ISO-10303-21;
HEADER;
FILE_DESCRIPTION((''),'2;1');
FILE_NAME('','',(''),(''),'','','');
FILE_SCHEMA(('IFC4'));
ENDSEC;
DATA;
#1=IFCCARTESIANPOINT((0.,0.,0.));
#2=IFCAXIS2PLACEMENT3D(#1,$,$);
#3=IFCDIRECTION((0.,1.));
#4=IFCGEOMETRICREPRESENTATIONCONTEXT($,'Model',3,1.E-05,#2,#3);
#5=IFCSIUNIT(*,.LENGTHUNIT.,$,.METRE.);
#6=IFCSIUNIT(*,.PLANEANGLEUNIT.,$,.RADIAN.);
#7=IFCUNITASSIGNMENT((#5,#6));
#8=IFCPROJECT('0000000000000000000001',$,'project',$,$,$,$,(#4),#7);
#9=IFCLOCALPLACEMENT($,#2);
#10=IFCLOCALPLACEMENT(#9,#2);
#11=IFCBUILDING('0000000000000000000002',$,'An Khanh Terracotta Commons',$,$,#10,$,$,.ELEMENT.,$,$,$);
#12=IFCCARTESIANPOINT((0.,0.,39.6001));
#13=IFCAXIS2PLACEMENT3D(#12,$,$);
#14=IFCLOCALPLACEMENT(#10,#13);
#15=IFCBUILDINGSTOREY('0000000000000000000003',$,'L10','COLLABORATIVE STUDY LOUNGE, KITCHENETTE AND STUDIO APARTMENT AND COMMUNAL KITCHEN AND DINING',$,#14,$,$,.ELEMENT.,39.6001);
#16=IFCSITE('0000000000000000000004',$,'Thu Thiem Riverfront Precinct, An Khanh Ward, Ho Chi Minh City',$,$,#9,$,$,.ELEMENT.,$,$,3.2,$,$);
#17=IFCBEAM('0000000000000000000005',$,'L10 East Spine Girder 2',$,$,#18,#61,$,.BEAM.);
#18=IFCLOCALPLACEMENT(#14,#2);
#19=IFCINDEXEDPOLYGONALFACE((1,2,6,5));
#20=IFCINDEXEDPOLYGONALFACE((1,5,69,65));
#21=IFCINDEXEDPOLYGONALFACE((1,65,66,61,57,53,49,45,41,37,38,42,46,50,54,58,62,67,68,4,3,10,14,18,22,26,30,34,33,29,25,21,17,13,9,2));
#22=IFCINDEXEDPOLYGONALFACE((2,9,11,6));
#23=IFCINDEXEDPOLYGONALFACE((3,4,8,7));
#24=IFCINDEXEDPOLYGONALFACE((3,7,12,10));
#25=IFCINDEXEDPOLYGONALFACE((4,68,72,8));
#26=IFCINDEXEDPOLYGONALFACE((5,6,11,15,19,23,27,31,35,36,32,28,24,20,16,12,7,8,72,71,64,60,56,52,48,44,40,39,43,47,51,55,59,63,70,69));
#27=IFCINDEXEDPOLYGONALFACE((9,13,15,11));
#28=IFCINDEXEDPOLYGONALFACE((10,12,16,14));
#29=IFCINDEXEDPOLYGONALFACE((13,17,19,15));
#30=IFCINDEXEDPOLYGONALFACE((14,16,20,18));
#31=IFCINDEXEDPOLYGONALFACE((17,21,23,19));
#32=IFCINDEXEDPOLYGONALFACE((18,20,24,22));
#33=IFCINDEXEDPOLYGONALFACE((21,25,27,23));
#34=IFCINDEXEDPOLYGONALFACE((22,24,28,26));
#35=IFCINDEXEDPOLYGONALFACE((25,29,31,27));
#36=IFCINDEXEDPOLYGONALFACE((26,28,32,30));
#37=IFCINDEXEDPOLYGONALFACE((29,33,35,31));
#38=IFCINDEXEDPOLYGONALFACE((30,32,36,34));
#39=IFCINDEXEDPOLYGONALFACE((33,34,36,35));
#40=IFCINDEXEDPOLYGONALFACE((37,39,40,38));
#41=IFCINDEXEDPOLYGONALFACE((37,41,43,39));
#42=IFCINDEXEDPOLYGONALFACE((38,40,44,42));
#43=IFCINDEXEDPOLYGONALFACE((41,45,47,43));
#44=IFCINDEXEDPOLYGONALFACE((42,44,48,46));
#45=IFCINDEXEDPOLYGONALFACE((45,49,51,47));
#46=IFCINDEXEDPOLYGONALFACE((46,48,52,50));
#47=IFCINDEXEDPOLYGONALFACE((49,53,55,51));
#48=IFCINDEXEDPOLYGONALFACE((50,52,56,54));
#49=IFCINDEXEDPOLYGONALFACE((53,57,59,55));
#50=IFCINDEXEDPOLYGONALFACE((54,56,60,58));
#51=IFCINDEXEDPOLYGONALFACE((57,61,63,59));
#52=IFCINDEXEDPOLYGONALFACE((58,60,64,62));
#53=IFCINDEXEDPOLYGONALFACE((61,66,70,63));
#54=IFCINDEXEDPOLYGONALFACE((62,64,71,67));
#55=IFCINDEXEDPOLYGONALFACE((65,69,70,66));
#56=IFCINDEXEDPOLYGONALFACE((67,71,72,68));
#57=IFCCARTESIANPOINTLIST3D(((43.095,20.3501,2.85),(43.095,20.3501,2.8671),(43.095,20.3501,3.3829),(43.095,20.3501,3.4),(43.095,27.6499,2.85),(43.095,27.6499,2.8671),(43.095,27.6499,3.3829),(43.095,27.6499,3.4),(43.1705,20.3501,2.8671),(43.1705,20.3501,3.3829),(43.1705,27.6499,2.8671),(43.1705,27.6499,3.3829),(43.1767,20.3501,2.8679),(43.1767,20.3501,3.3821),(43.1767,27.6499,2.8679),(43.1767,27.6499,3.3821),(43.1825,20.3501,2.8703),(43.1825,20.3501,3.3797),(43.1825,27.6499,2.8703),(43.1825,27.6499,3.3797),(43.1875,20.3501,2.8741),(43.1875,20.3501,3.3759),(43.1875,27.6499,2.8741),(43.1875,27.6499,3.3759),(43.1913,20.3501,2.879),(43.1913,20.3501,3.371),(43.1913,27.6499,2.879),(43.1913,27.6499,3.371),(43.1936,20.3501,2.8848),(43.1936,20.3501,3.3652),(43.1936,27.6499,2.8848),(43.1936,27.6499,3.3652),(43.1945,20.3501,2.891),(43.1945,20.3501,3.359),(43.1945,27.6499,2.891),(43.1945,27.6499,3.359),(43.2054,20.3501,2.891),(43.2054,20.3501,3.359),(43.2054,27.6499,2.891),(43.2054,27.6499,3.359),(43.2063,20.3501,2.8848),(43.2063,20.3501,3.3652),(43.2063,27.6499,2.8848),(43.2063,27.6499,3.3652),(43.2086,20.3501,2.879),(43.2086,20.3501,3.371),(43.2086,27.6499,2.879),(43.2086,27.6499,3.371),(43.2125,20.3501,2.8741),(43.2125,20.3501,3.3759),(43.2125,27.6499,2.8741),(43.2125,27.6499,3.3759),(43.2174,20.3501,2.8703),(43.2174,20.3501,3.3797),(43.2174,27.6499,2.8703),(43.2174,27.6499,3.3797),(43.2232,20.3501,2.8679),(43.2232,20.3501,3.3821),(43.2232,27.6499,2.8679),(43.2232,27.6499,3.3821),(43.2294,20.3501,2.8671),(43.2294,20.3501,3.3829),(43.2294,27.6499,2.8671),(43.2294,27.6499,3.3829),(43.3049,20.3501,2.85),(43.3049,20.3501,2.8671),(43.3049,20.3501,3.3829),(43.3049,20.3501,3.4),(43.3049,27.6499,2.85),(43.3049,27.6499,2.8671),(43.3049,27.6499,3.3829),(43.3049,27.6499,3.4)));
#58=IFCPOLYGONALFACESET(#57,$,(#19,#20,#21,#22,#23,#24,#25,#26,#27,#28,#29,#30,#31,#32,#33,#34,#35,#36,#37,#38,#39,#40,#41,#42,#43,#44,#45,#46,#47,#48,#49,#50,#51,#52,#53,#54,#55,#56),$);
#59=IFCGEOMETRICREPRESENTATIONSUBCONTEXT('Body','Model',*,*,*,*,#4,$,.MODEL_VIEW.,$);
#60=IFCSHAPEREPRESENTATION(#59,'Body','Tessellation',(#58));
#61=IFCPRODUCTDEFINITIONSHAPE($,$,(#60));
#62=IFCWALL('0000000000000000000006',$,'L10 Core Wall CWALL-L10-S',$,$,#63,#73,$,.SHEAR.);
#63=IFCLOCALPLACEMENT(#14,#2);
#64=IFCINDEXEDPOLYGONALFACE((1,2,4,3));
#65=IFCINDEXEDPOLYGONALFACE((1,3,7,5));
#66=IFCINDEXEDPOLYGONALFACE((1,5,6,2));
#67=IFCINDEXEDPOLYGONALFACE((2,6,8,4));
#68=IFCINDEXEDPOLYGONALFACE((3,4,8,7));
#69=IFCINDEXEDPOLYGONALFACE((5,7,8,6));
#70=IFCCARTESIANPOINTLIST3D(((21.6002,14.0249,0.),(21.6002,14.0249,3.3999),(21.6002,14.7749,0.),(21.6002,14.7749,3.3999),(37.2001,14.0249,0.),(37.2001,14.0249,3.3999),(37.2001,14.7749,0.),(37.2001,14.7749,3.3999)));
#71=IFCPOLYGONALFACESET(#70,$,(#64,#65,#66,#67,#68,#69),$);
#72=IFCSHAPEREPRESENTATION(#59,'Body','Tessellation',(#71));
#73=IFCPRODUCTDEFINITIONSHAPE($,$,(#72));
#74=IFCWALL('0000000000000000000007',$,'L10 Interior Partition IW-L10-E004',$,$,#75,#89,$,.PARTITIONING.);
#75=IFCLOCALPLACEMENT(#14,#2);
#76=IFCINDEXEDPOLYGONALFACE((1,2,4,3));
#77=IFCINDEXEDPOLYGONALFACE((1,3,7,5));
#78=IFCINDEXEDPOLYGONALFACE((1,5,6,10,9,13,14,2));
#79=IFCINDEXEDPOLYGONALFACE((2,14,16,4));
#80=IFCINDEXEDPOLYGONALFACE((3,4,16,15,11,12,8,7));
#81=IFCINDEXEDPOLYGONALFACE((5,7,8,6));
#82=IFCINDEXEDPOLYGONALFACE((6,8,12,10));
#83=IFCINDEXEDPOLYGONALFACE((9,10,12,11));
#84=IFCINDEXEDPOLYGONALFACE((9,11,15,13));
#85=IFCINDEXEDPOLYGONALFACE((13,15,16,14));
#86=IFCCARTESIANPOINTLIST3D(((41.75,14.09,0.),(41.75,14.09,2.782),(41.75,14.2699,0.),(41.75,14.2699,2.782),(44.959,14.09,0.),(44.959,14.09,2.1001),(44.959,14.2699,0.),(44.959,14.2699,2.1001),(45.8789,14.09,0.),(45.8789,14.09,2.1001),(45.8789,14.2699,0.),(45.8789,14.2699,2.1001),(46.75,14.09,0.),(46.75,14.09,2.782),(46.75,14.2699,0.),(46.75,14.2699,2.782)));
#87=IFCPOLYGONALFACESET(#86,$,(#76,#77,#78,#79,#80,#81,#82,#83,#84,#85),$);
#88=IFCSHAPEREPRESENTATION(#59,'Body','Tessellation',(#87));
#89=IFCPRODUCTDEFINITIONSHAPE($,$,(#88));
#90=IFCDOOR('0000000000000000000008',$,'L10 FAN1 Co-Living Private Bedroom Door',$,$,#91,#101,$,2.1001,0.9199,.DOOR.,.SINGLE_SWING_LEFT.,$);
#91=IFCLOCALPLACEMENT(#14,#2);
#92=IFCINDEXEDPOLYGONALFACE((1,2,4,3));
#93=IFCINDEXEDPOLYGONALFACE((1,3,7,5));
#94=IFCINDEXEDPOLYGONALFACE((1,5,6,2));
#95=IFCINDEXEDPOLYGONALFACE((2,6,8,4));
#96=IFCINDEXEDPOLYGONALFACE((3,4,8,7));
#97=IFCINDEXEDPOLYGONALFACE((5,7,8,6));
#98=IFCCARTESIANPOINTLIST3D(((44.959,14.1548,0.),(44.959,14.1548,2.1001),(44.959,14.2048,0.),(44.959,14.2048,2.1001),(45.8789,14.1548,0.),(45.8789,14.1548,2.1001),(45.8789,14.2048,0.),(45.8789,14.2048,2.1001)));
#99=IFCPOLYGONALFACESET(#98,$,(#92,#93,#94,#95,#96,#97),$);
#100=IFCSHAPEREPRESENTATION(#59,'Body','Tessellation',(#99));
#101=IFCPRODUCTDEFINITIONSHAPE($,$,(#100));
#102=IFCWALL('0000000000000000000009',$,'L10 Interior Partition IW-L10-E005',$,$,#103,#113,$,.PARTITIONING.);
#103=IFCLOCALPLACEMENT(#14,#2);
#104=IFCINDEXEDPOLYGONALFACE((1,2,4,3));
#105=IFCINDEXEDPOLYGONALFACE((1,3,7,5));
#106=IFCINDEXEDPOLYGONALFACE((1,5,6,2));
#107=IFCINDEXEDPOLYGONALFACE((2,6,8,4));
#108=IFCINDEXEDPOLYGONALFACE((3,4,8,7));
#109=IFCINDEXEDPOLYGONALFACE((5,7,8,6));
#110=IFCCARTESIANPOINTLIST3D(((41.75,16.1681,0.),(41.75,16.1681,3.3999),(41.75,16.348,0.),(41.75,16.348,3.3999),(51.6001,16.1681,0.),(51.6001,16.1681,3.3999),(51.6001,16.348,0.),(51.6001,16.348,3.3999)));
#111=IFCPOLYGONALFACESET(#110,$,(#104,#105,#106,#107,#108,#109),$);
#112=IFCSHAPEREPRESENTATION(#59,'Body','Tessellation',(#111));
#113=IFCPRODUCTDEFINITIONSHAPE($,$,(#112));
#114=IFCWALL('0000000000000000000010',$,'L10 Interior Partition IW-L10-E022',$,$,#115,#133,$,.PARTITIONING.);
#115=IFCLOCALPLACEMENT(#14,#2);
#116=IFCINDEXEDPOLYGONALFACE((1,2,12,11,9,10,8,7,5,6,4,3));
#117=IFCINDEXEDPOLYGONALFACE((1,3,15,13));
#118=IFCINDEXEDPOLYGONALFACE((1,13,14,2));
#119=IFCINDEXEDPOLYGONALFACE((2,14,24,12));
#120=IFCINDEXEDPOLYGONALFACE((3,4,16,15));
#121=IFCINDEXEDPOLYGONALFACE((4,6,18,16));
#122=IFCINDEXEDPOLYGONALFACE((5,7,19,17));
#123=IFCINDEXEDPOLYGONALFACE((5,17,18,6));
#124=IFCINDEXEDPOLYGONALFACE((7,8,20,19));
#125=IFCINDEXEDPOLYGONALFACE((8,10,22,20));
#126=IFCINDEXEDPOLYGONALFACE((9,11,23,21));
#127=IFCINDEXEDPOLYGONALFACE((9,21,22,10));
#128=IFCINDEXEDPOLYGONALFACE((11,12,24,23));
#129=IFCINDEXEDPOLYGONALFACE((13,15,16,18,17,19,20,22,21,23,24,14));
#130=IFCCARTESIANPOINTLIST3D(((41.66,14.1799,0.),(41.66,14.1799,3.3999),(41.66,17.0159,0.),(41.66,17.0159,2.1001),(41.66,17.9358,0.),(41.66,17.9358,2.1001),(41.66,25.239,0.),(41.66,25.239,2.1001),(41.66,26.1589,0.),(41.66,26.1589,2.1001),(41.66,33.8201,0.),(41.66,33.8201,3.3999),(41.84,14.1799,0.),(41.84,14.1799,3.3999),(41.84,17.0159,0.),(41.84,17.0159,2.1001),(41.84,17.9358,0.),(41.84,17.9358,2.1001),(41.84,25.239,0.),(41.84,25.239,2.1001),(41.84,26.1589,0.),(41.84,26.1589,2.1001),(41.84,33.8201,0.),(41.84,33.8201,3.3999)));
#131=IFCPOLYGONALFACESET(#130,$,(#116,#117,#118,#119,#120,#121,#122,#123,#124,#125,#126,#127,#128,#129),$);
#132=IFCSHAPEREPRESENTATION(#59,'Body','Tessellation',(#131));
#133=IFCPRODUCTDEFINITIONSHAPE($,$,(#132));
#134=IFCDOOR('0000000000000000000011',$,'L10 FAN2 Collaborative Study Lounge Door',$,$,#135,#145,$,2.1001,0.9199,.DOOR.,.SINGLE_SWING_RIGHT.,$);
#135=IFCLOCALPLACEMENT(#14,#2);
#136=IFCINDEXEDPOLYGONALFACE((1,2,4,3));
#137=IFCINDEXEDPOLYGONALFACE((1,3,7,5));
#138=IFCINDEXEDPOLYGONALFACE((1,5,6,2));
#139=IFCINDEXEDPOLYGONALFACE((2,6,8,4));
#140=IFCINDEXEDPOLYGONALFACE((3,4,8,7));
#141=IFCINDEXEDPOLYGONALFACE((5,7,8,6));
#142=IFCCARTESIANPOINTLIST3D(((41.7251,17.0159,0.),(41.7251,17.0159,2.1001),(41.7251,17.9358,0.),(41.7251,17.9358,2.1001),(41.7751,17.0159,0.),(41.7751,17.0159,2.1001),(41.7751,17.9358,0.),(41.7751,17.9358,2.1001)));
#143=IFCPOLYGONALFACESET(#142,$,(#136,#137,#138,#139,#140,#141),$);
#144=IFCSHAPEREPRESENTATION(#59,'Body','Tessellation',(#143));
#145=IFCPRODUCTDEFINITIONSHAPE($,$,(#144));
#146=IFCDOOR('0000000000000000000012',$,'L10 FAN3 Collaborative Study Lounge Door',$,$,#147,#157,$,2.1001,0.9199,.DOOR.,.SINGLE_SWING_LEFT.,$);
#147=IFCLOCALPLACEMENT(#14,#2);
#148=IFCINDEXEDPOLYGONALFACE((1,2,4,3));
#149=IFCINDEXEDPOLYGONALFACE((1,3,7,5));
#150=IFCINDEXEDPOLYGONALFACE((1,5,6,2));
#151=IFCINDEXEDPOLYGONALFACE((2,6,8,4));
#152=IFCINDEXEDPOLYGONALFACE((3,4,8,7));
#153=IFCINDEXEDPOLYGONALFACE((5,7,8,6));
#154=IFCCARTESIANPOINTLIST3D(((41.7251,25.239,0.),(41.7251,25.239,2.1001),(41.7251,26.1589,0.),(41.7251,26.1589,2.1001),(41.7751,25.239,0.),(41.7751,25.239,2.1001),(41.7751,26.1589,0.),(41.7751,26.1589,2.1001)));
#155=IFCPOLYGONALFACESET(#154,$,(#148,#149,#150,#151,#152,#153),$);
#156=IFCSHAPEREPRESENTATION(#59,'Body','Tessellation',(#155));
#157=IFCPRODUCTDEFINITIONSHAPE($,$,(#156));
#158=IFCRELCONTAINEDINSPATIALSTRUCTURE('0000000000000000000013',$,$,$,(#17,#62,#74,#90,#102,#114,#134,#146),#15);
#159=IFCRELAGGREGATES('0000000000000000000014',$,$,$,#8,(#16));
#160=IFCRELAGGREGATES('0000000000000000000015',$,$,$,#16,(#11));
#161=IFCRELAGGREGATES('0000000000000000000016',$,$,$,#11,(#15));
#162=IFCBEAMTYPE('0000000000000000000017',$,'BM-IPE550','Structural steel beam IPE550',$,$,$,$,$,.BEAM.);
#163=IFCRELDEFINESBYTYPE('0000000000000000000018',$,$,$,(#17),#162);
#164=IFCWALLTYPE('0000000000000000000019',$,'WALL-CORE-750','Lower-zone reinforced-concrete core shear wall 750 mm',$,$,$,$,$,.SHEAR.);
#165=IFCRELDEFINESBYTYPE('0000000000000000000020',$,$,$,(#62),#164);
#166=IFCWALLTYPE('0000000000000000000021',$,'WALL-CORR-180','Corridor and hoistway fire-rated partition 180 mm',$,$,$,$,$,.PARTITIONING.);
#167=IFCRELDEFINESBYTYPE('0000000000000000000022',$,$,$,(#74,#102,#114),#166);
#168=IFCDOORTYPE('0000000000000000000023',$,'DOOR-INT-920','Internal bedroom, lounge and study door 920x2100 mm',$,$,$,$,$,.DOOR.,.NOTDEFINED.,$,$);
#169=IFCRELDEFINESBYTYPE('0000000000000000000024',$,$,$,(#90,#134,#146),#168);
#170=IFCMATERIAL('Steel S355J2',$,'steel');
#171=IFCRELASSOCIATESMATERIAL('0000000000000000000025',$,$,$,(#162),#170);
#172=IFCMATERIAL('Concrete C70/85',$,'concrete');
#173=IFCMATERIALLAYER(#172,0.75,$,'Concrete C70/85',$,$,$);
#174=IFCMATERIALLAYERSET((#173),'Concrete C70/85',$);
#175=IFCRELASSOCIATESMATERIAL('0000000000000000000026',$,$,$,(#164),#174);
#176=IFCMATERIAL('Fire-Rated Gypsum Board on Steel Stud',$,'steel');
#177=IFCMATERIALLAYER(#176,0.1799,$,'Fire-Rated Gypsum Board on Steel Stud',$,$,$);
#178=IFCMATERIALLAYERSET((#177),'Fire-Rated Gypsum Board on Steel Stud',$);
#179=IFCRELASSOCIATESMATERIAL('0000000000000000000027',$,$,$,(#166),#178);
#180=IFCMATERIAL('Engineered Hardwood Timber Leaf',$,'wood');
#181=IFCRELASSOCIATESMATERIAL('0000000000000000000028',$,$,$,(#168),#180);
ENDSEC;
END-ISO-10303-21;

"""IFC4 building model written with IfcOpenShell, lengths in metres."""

from ifc_helpers import new_model, si_unit, direction, frame, frame_2d, origin, origin_2d, place, context, subcontext, project, spatial, rectangle, i_section, extrude, material, layer, layer_set, material_profile, profile_set, type_object, element, fill, save


model = new_model("IFC4")

# Units and contexts
model_context = context("Model", 3, precision=1e-05, world=origin(), true_north=direction((0.0, 1.0)))
body_context = subcontext(model_context, "Body", "Model", "MODEL_VIEW")
ifc_project = project(units=[si_unit("LENGTHUNIT", "METRE"), si_unit("PLANEANGLEUNIT", "RADIAN")], contexts=[model_context])

# Site, building, storey
site_placement = place(None, origin())
site = spatial("IfcSite", under=ifc_project, at=site_placement, Name="Thu Thiem Riverfront Precinct, An Khanh Ward, Ho Chi Minh City", CompositionType="ELEMENT", RefElevation=3.2)
building_placement = place(site_placement, origin())
building = spatial("IfcBuilding", under=site, at=building_placement, Name="An Khanh Terracotta Commons", CompositionType="ELEMENT")
storey_placement = place(building_placement, frame((0.0, 0.0, 39.6001)))
storey = spatial("IfcBuildingStorey", under=building, at=storey_placement, Name="L10", Description="COLLABORATIVE STUDY LOUNGE, KITCHENETTE AND STUDIO APARTMENT AND COMMUNAL KITCHEN AND DINING", CompositionType="ELEMENT", Elevation=39.6001)

# Shared definitions
ifc_material_1 = material(Name="Concrete C70/85", Category="concrete")

# Beam
ifc_material_2 = material(Name="Steel S355J2", Category="steel")
ifc_material_profile_1 = material_profile(ifc_material_2, i_section(OverallWidth=0.21, OverallDepth=0.55, WebThickness=0.011, FlangeThickness=0.0171, FilletRadius=0.0239, at=origin_2d()), Name="IPE550")
ifc_profile_set_1 = profile_set([ifc_material_profile_1], Name="Steel S355J2")
beam_type_1 = type_object("IfcBeamType", Name="BM-IPE550", Description="Structural steel beam IPE550", PredefinedType="BEAM", material=ifc_profile_set_1)
beam_1_placement = place(storey_placement, frame((43.2, 20.3501, 3.125), z_axis=(0.0, 1.0, 0.0), x_axis=(-1.0, 0.0, 0.0)))
element("IfcBeam", 1, at=beam_1_placement, inside=storey, type_object=beam_type_1, Name="L10 East Spine Girder 2", PredefinedType="BEAM", context=body_context, shape_type="SweptSolid", body=[
    extrude(i_section(OverallWidth=0.21, OverallDepth=0.55, WebThickness=0.011, FlangeThickness=0.0171, FilletRadius=0.0239, at=origin_2d()), origin(), (0.0, 0.0, 1.0), 7.2998),
])

# Wall
ifc_layer_1 = layer(ifc_material_1, 0.75, Name="Concrete C70/85")
ifc_layer_set_1 = layer_set([ifc_layer_1], Name="Concrete C70/85")
wall_type_1 = type_object("IfcWallType", Name="WALL-CORE-750", Description="Lower-zone reinforced-concrete core shear wall 750 mm", PredefinedType="SHEAR", material=ifc_layer_set_1)
wall_1_placement = place(storey_placement, frame((37.2, 14.3999, 0.0), z_axis=(0.0, 0.0, 1.0), x_axis=(-1.0, 0.0, 0.0)))
element("IfcWall", 2, at=wall_1_placement, inside=storey, type_object=wall_type_1, Name="L10 Core Wall CWALL-L10-S", PredefinedType="SHEAR", context=body_context, shape_type="SweptSolid", body=[
    extrude(rectangle(XDim=15.5999, YDim=0.75, at=frame_2d((7.7998, 0.0))), origin(), (0.0, 0.0, 1.0), 3.3999),
])

# Wall, opening, door
ifc_material_3 = material(Name="Fire-Rated Gypsum Board on Steel Stud", Category="steel")
ifc_layer_2 = layer(ifc_material_3, 0.1799, Name="Fire-Rated Gypsum Board on Steel Stud")
ifc_layer_set_2 = layer_set([ifc_layer_2], Name="Fire-Rated Gypsum Board on Steel Stud")
wall_type_2 = type_object("IfcWallType", Name="WALL-CORR-180", Description="Corridor and hoistway fire-rated partition 180 mm", PredefinedType="PARTITIONING", material=ifc_layer_set_2)
wall_2_placement = place(storey_placement, frame((41.75, 14.1799, 0.0), z_axis=(0.0, 0.0, 1.0), x_axis=(1.0, 0.0, 0.0)))
wall_2 = element("IfcWall", 3, at=wall_2_placement, inside=storey, type_object=wall_type_2, Name="L10 Interior Partition IW-L10-E004", PredefinedType="PARTITIONING", context=body_context, shape_type="SweptSolid", body=[
    extrude(rectangle(XDim=5.0, YDim=0.1799, at=frame_2d((2.5, 0.0))), origin(), (0.0, 0.0, 1.0), 2.782),
])
opening_1_placement = place(wall_2_placement, frame((3.209, 0.0, 0.0)))
opening_1 = element("IfcOpeningElement", 4, at=opening_1_placement, cuts=wall_2, PredefinedType="OPENING", context=body_context, shape_type="SweptSolid", body=[
    extrude(rectangle(XDim=0.9199, YDim=2.1001, at=frame_2d((0.46, 1.05))), frame((0.0, 0.0999, 0.0), z_axis=(0.0, -1.0, 0.0), x_axis=(1.0, 0.0, 0.0)), (0.0, 0.0, 1.0), 0.2),
])
ifc_material_4 = material(Name="Engineered Hardwood Timber Leaf", Category="wood")
door_type_1 = type_object("IfcDoorType", Name="DOOR-INT-920", Description="Internal bedroom, lounge and study door 920x2100 mm", OperationType="NOTDEFINED", PredefinedType="DOOR", material=ifc_material_4)
door_1_placement = place(opening_1_placement, origin())
door_1 = element("IfcDoor", 5, at=door_1_placement, inside=storey, type_object=door_type_1, Name="L10 FAN1 Co-Living Private Bedroom Door", OperationType="SINGLE_SWING_LEFT", OverallHeight=2.1001, OverallWidth=0.9199, PredefinedType="DOOR", context=body_context, shape_type="SweptSolid", body=[
    extrude(rectangle(XDim=0.9199, YDim=2.1001, at=frame_2d((0.46, 1.05))), frame((0.0, 0.0249, 0.0), z_axis=(0.0, -1.0, 0.0), x_axis=(1.0, 0.0, 0.0)), (0.0, 0.0, 1.0), 0.05),
])
fill(opening_1, door_1)

# Wall
wall_3_placement = place(storey_placement, frame((41.75, 16.2581, 0.0), z_axis=(0.0, 0.0, 1.0), x_axis=(1.0, 0.0, 0.0)))
element("IfcWall", 6, at=wall_3_placement, inside=storey, type_object=wall_type_2, Name="L10 Interior Partition IW-L10-E005", PredefinedType="PARTITIONING", context=body_context, shape_type="SweptSolid", body=[
    extrude(rectangle(XDim=9.8501, YDim=0.1799, at=frame_2d((4.925, 0.0))), origin(), (0.0, 0.0, 1.0), 3.3999),
])

# Wall, openings, doors
wall_4_placement = place(storey_placement, frame((41.75, 14.1799, 0.0), z_axis=(0.0, 0.0, 1.0), x_axis=(0.0, 1.0, 0.0)))
wall_4 = element("IfcWall", 7, at=wall_4_placement, inside=storey, type_object=wall_type_2, Name="L10 Interior Partition IW-L10-E022", PredefinedType="PARTITIONING", context=body_context, shape_type="SweptSolid", body=[
    extrude(rectangle(XDim=19.6401, YDim=0.1799, at=frame_2d((9.8201, 0.0))), origin(), (0.0, 0.0, 1.0), 3.3999),
])
opening_2_placement = place(wall_4_placement, frame((2.8359, 0.0, 0.0)))
opening_2 = element("IfcOpeningElement", 8, at=opening_2_placement, cuts=wall_4, PredefinedType="OPENING", context=body_context, shape_type="SweptSolid", body=[
    extrude(rectangle(XDim=0.9199, YDim=2.1001, at=frame_2d((0.46, 1.05))), frame((0.0, 0.0999, 0.0), z_axis=(0.0, -1.0, 0.0), x_axis=(1.0, 0.0, 0.0)), (0.0, 0.0, 1.0), 0.2),
])
opening_3_placement = place(wall_4_placement, frame((11.0591, 0.0, 0.0)))
opening_3 = element("IfcOpeningElement", 9, at=opening_3_placement, cuts=wall_4, PredefinedType="OPENING", context=body_context, shape_type="SweptSolid", body=[
    extrude(rectangle(XDim=0.9199, YDim=2.1001, at=frame_2d((0.46, 1.05))), frame((0.0, 0.0999, 0.0), z_axis=(0.0, -1.0, 0.0), x_axis=(1.0, 0.0, 0.0)), (0.0, 0.0, 1.0), 0.2),
])
door_2_placement = place(opening_2_placement, origin())
door_2 = element("IfcDoor", 10, at=door_2_placement, inside=storey, type_object=door_type_1, Name="L10 FAN2 Collaborative Study Lounge Door", OperationType="SINGLE_SWING_RIGHT", OverallHeight=2.1001, OverallWidth=0.9199, PredefinedType="DOOR", context=body_context, shape_type="SweptSolid", body=[
    extrude(rectangle(XDim=0.9199, YDim=2.1001, at=frame_2d((0.46, 1.05))), frame((0.0, 0.0249, 0.0), z_axis=(0.0, -1.0, 0.0), x_axis=(1.0, 0.0, 0.0)), (0.0, 0.0, 1.0), 0.05),
])
fill(opening_2, door_2)
door_3_placement = place(opening_3_placement, origin())
door_3 = element("IfcDoor", 11, at=door_3_placement, inside=storey, type_object=door_type_1, Name="L10 FAN3 Collaborative Study Lounge Door", OperationType="SINGLE_SWING_LEFT", OverallHeight=2.1001, OverallWidth=0.9199, PredefinedType="DOOR", context=body_context, shape_type="SweptSolid", body=[
    extrude(rectangle(XDim=0.9199, YDim=2.1001, at=frame_2d((0.46, 1.05))), frame((0.0, 0.0249, 0.0), z_axis=(0.0, -1.0, 0.0), x_axis=(1.0, 0.0, 0.0)), (0.0, 0.0, 1.0), 0.05),
])
fill(opening_3, door_3)

save(model, "model.ifc")
